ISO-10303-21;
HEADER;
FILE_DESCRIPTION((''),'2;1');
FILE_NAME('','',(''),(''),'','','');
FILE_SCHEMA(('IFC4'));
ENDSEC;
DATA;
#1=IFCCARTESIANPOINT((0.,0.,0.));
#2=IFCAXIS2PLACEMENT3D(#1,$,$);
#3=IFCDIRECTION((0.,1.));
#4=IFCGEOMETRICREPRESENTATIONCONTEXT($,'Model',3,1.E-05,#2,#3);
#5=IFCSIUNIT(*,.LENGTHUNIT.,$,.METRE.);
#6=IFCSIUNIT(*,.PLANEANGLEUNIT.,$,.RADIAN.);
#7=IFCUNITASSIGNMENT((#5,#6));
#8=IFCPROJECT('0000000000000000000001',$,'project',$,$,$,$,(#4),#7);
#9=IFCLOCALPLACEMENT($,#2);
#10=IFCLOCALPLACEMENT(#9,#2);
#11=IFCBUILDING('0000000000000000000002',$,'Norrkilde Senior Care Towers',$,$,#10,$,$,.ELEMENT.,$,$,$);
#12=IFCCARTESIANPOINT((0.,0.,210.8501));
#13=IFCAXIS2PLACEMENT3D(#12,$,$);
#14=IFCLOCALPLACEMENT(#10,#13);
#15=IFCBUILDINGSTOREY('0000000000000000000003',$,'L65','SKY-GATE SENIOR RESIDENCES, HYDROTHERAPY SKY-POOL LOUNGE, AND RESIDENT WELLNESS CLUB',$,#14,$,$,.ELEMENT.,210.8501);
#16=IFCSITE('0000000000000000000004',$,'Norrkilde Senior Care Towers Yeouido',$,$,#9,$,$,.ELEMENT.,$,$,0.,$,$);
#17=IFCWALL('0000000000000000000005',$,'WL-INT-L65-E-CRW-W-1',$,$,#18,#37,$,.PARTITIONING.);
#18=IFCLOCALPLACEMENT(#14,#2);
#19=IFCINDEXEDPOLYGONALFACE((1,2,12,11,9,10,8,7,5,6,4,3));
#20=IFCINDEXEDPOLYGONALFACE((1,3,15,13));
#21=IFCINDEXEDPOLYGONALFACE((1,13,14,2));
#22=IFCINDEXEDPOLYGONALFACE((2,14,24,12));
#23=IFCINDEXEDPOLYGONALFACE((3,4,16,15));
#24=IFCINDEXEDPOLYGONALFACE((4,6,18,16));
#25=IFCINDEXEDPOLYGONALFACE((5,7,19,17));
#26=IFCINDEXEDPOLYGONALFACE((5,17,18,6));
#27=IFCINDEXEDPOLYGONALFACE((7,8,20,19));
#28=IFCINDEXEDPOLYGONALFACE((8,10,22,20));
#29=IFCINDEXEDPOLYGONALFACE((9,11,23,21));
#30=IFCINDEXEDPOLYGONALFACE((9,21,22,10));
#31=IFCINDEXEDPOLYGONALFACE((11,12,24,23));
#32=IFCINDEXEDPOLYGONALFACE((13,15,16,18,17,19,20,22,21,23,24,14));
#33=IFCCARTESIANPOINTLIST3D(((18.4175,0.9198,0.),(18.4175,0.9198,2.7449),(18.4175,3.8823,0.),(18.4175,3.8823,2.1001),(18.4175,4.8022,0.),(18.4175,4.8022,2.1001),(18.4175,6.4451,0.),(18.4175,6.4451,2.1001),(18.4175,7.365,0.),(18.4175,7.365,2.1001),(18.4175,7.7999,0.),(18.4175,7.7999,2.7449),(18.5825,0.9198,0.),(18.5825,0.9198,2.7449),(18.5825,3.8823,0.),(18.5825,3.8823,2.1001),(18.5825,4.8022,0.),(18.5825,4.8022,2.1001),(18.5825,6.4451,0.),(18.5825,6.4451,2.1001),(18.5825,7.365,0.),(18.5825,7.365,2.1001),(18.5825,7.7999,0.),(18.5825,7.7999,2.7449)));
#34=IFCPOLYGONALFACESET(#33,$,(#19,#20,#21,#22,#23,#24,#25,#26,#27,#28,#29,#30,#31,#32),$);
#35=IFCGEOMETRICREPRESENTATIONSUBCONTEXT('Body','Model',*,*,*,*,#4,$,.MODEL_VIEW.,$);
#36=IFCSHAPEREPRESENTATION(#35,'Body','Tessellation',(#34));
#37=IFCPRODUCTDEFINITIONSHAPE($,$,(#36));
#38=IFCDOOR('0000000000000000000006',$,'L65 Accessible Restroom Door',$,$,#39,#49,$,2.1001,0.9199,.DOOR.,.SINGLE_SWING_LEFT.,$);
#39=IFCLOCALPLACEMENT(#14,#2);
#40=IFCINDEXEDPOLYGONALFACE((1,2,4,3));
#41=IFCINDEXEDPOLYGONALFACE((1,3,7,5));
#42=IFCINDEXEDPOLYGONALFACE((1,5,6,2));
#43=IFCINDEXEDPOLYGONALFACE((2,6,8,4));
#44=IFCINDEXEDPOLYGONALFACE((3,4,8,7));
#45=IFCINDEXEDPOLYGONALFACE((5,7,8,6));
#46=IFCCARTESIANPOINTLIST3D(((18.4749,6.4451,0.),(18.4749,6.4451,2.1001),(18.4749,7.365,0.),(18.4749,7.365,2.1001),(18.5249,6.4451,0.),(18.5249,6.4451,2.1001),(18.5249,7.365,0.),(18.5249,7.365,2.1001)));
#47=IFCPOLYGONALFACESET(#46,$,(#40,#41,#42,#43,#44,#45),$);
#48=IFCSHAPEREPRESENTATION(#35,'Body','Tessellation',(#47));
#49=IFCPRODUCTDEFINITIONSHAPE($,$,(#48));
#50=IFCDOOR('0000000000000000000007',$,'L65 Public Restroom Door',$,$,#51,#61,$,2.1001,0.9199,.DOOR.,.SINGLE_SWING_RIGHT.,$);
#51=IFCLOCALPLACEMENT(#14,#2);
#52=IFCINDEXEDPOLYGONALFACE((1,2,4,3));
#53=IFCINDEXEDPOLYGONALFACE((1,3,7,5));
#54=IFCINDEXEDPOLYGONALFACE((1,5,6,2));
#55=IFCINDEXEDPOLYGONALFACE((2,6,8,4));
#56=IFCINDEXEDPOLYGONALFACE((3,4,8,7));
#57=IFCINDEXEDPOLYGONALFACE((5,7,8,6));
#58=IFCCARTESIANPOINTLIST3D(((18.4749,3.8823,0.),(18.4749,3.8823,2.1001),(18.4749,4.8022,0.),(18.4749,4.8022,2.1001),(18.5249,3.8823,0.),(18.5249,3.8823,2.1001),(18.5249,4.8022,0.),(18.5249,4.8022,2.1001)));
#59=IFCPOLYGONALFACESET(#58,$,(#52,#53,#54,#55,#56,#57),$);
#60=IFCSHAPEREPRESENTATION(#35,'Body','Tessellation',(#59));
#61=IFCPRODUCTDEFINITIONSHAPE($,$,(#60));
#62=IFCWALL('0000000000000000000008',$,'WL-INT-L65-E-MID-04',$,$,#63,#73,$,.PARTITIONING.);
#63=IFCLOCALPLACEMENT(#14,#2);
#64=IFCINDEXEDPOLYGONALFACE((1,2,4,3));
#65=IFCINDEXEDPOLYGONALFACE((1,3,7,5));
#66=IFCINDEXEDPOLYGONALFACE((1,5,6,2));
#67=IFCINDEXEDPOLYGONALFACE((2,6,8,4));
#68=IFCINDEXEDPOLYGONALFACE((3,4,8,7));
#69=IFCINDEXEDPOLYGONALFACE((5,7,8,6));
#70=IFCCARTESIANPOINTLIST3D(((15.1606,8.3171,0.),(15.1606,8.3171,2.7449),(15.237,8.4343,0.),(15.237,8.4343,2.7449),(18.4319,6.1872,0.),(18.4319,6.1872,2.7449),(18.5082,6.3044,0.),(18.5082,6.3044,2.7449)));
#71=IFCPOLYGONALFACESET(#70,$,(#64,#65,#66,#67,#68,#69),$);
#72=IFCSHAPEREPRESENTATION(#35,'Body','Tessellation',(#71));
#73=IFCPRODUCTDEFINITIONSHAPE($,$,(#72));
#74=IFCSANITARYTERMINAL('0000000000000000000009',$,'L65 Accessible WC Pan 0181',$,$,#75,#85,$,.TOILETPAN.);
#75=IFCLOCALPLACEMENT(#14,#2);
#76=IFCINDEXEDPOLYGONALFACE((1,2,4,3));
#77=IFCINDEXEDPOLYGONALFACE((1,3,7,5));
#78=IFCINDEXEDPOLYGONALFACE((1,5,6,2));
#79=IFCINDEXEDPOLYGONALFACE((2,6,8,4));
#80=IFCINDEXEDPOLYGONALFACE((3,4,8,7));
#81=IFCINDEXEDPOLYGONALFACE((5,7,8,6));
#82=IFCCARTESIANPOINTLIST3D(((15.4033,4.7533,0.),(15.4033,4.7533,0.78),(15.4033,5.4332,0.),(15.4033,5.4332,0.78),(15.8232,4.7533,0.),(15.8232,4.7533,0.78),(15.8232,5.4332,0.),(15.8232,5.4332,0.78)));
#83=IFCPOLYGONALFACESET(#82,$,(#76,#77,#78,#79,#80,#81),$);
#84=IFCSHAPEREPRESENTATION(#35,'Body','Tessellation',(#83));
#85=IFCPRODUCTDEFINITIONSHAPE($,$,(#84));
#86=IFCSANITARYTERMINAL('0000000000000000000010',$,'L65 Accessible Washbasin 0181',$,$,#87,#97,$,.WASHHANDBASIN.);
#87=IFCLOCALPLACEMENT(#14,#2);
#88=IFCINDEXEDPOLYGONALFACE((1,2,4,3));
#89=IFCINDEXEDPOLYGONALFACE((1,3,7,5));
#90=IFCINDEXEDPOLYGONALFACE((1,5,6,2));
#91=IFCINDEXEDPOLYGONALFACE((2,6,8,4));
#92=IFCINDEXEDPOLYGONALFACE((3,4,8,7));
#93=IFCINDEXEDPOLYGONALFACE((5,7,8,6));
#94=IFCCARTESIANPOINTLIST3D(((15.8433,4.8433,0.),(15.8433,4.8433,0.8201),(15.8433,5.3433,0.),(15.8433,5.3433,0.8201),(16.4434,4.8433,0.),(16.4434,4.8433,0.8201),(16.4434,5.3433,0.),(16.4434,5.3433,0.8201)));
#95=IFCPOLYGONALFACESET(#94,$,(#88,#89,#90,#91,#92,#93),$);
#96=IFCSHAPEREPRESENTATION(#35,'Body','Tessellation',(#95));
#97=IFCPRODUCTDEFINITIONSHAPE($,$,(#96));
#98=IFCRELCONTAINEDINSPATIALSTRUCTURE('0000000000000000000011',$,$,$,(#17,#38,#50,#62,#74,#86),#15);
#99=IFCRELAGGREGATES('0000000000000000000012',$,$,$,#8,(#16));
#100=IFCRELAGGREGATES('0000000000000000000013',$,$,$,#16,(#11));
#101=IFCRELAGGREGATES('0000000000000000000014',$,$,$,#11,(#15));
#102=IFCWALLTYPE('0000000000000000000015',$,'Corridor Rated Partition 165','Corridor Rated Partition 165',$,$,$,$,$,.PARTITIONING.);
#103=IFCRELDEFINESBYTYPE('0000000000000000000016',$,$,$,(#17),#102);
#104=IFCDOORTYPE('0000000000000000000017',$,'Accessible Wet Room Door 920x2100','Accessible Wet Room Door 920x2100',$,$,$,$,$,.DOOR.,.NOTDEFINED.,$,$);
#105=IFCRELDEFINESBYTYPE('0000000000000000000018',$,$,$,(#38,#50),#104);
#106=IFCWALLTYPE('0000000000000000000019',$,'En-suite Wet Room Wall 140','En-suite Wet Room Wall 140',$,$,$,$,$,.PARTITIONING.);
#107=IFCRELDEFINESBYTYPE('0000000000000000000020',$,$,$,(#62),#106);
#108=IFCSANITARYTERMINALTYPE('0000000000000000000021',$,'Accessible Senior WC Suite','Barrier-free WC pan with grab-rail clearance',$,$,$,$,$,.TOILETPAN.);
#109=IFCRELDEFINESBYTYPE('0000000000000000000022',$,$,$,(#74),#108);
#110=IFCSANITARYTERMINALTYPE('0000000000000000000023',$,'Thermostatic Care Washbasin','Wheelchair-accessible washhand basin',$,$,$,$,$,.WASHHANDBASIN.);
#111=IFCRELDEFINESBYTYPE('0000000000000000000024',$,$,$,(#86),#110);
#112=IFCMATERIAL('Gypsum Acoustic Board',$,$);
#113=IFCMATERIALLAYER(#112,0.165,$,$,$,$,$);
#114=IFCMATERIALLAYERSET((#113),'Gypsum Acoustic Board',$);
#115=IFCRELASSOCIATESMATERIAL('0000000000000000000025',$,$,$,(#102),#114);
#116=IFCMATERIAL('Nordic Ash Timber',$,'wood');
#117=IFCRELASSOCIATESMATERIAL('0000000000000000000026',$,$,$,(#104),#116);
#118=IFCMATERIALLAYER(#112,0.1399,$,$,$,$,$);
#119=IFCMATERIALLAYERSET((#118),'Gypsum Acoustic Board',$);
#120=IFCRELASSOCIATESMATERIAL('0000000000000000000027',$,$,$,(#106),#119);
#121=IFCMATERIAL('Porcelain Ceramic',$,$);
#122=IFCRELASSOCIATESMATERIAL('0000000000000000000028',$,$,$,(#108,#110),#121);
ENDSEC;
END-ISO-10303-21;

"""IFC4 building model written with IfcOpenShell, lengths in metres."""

from ifc_helpers import new_model, si_unit, direction, frame, frame_2d, origin, origin_2d, place, context, subcontext, project, spatial, rectangle, extrude, source, transform, mapped, material, layer, layer_set, type_object, type_shapes, element, fill, save


model = new_model("IFC4")

# Units and contexts
model_context = context("Model", 3, precision=1e-05, world=origin(), true_north=direction((0.0, 1.0)))
body_context = subcontext(model_context, "Body", "Model", "MODEL_VIEW")
ifc_project = project(units=[si_unit("LENGTHUNIT", "METRE"), si_unit("PLANEANGLEUNIT", "RADIAN")], contexts=[model_context])

# Site, building, storey
site_placement = place(None, origin())
site = spatial("IfcSite", under=ifc_project, at=site_placement, Name="Norrkilde Senior Care Towers Yeouido", CompositionType="ELEMENT", RefElevation=0.0)
building_placement = place(site_placement, origin())
building = spatial("IfcBuilding", under=site, at=building_placement, Name="Norrkilde Senior Care Towers", CompositionType="ELEMENT")
storey_placement = place(building_placement, frame((0.0, 0.0, 210.8501)))
storey = spatial("IfcBuildingStorey", under=building, at=storey_placement, Name="L65", Description="SKY-GATE SENIOR RESIDENCES, HYDROTHERAPY SKY-POOL LOUNGE, AND RESIDENT WELLNESS CLUB", CompositionType="ELEMENT", Elevation=210.8501)

# Shared definitions
ifc_material_1 = material(Name="Gypsum Acoustic Board")
ifc_layer_1 = layer(ifc_material_1, 0.165)
ifc_layer_set_1 = layer_set([ifc_layer_1], Name="Gypsum Acoustic Board")
wall_type_1 = type_object("IfcWallType", Name="Corridor Rated Partition 165", Description="Corridor Rated Partition 165", PredefinedType="PARTITIONING", material=ifc_layer_set_1)

# Shared definitions
ifc_material_2 = material(Name="Nordic Ash Timber", Category="wood")

# Wall, openings, doors
shared_shape_1 = source(origin(), body_context, "Body", "SweptSolid", [
    extrude(rectangle(XDim=6.8801, YDim=0.165, at=frame_2d((3.4399, 0.0))), origin(), (0.0, 0.0, 1.0), 2.7449),
])
wall_1_placement = place(storey_placement, frame((18.5, 0.9199, 0.0), z_axis=(0.0, 0.0, 1.0), x_axis=(0.0, 1.0, 0.0)))
wall_1 = element("IfcWall", 1, at=wall_1_placement, inside=storey, type_object=wall_type_1, Name="WL-INT-L65-E-CRW-W-1", PredefinedType="PARTITIONING", context=body_context, shape_type="MappedRepresentation", body=[
    mapped(shared_shape_1, transform((0.0, 0.0, 0.0), x_axis=(1.0, 0.0, 0.0), y_axis=(0.0, 1.0, 0.0), z_axis=(0.0, 0.0, 1.0), scale=1.0)),
])
opening_1_placement = place(wall_1_placement, frame((5.5251, 0.0, 0.0)))
opening_1 = element("IfcOpeningElement", 2, at=opening_1_placement, cuts=wall_1, PredefinedType="OPENING", context=body_context, shape_type="SweptSolid", body=[
    extrude(rectangle(XDim=0.9199, YDim=2.1001, at=frame_2d((0.46, 1.05))), frame((0.0, 0.0925, 0.0), z_axis=(0.0, -1.0, 0.0), x_axis=(1.0, 0.0, 0.0)), (0.0, 0.0, 1.0), 0.1851),
])
opening_2_placement = place(wall_1_placement, frame((2.9624, 0.0, 0.0)))
opening_2 = element("IfcOpeningElement", 3, at=opening_2_placement, cuts=wall_1, PredefinedType="OPENING", context=body_context, shape_type="SweptSolid", body=[
    extrude(rectangle(XDim=0.9199, YDim=2.1001, at=frame_2d((0.46, 1.05))), frame((0.0, 0.0925, 0.0), z_axis=(0.0, -1.0, 0.0), x_axis=(1.0, 0.0, 0.0)), (0.0, 0.0, 1.0), 0.1851),
])
door_type_1 = type_object("IfcDoorType", Name="Accessible Wet Room Door 920x2100", Description="Accessible Wet Room Door 920x2100", OperationType="NOTDEFINED", PredefinedType="DOOR", material=ifc_material_2)
shared_shape_2 = source(origin(), body_context, "Body", "SweptSolid", [
    extrude(rectangle(XDim=0.9199, YDim=2.1001, at=frame_2d((0.46, 1.05))), frame((0.0, 0.0249, 0.0), z_axis=(0.0, -1.0, 0.0), x_axis=(1.0, 0.0, 0.0)), (0.0, 0.0, 1.0), 0.05),
])
type_shapes(door_type_1, [shared_shape_2])
door_1_placement = place(opening_1_placement, frame((0.9199, 0.0, 0.0), z_axis=(0.0, 0.0, 1.0), x_axis=(-1.0, 0.0, 0.0)))
door_1 = element("IfcDoor", 4, at=door_1_placement, inside=storey, type_object=door_type_1, Name="L65 Accessible Restroom Door", OperationType="SINGLE_SWING_LEFT", OverallHeight=2.1001, OverallWidth=0.9199, PredefinedType="DOOR", context=body_context, shape_type="MappedRepresentation", body=[
    mapped(shared_shape_2, transform((0.0, 0.0, 0.0), x_axis=(1.0, 0.0, 0.0), y_axis=(0.0, 1.0, 0.0), z_axis=(0.0, 0.0, 1.0), scale=1.0)),
])
fill(opening_1, door_1)
door_2_placement = place(opening_2_placement, frame((0.9199, 0.0, 0.0), z_axis=(0.0, 0.0, 1.0), x_axis=(-1.0, 0.0, 0.0)))
door_2 = element("IfcDoor", 5, at=door_2_placement, inside=storey, type_object=door_type_1, Name="L65 Public Restroom Door", OperationType="SINGLE_SWING_RIGHT", OverallHeight=2.1001, OverallWidth=0.9199, PredefinedType="DOOR", context=body_context, shape_type="MappedRepresentation", body=[
    mapped(shared_shape_2, transform((0.0, 0.0, 0.0), x_axis=(1.0, 0.0, 0.0), y_axis=(0.0, 1.0, 0.0), z_axis=(0.0, 0.0, 1.0), scale=1.0)),
])
fill(opening_2, door_2)

# Wall
ifc_layer_2 = layer(ifc_material_1, 0.1399)
ifc_layer_set_2 = layer_set([ifc_layer_2], Name="Gypsum Acoustic Board")
wall_type_2 = type_object("IfcWallType", Name="En-suite Wet Room Wall 140", Description="En-suite Wet Room Wall 140", PredefinedType="PARTITIONING", material=ifc_layer_set_2)
shared_shape_3 = source(origin(), body_context, "Body", "SweptSolid", [
    extrude(rectangle(XDim=3.9036, YDim=0.1399, at=frame_2d((1.9517, 0.0))), origin(), (0.0, 0.0, 1.0), 2.7449),
])
type_shapes(wall_type_2, [shared_shape_3])
wall_2_placement = place(storey_placement, frame((18.47, 6.2458, 0.0), z_axis=(0.0, 0.0, 1.0), x_axis=(-0.838025, 0.545632, 0.0)))
element("IfcWall", 6, at=wall_2_placement, inside=storey, type_object=wall_type_2, Name="WL-INT-L65-E-MID-04", PredefinedType="PARTITIONING", context=body_context, shape_type="MappedRepresentation", body=[
    mapped(shared_shape_3, transform((0.0, 0.0, 0.0), x_axis=(1.0, 0.0, 0.0), y_axis=(0.0, 1.0, 0.0), z_axis=(0.0, 0.0, 1.0), scale=1.0)),
])

# Sanitary terminals
ifc_material_3 = material(Name="Porcelain Ceramic")
sanitary_terminal_type_1 = type_object("IfcSanitaryTerminalType", Name="Accessible Senior WC Suite", Description="Barrier-free WC pan with grab-rail clearance", PredefinedType="TOILETPAN", material=ifc_material_3)
shared_shape_4 = source(origin(), body_context, "Body", "SweptSolid", [
    extrude(rectangle(XDim=0.4199, YDim=0.6799, at=origin_2d()), origin(), (0.0, 0.0, 1.0), 0.78),
])
type_shapes(sanitary_terminal_type_1, [shared_shape_4])
sanitary_terminal_1_placement = place(storey_placement, frame((15.6133, 5.0933, 0.0), z_axis=(0.0, 0.0, 1.0), x_axis=(1.0, 0.0, 0.0)))
element("IfcSanitaryTerminal", 7, at=sanitary_terminal_1_placement, inside=storey, type_object=sanitary_terminal_type_1, Name="L65 Accessible WC Pan 0181", PredefinedType="TOILETPAN", context=body_context, shape_type="MappedRepresentation", body=[
    mapped(shared_shape_4, transform((0.0, 0.0, 0.0), x_axis=(1.0, 0.0, 0.0), y_axis=(0.0, 1.0, 0.0), z_axis=(0.0, 0.0, 1.0), scale=1.0)),
])
sanitary_terminal_type_2 = type_object("IfcSanitaryTerminalType", Name="Thermostatic Care Washbasin", Description="Wheelchair-accessible washhand basin", PredefinedType="WASHHANDBASIN", material=ifc_material_3)
shared_shape_5 = source(origin(), body_context, "Body", "SweptSolid", [
    extrude(rectangle(XDim=0.6001, YDim=0.5, at=origin_2d()), origin(), (0.0, 0.0, 1.0), 0.8201),
])
type_shapes(sanitary_terminal_type_2, [shared_shape_5])
sanitary_terminal_2_placement = place(storey_placement, frame((16.1433, 5.0933, 0.0), z_axis=(0.0, 0.0, 1.0), x_axis=(1.0, 0.0, 0.0)))
element("IfcSanitaryTerminal", 8, at=sanitary_terminal_2_placement, inside=storey, type_object=sanitary_terminal_type_2, Name="L65 Accessible Washbasin 0181", PredefinedType="WASHHANDBASIN", context=body_context, shape_type="MappedRepresentation", body=[
    mapped(shared_shape_5, transform((0.0, 0.0, 0.0), x_axis=(1.0, 0.0, 0.0), y_axis=(0.0, 1.0, 0.0), z_axis=(0.0, 0.0, 1.0), scale=1.0)),
])

save(model, "model.ifc")
